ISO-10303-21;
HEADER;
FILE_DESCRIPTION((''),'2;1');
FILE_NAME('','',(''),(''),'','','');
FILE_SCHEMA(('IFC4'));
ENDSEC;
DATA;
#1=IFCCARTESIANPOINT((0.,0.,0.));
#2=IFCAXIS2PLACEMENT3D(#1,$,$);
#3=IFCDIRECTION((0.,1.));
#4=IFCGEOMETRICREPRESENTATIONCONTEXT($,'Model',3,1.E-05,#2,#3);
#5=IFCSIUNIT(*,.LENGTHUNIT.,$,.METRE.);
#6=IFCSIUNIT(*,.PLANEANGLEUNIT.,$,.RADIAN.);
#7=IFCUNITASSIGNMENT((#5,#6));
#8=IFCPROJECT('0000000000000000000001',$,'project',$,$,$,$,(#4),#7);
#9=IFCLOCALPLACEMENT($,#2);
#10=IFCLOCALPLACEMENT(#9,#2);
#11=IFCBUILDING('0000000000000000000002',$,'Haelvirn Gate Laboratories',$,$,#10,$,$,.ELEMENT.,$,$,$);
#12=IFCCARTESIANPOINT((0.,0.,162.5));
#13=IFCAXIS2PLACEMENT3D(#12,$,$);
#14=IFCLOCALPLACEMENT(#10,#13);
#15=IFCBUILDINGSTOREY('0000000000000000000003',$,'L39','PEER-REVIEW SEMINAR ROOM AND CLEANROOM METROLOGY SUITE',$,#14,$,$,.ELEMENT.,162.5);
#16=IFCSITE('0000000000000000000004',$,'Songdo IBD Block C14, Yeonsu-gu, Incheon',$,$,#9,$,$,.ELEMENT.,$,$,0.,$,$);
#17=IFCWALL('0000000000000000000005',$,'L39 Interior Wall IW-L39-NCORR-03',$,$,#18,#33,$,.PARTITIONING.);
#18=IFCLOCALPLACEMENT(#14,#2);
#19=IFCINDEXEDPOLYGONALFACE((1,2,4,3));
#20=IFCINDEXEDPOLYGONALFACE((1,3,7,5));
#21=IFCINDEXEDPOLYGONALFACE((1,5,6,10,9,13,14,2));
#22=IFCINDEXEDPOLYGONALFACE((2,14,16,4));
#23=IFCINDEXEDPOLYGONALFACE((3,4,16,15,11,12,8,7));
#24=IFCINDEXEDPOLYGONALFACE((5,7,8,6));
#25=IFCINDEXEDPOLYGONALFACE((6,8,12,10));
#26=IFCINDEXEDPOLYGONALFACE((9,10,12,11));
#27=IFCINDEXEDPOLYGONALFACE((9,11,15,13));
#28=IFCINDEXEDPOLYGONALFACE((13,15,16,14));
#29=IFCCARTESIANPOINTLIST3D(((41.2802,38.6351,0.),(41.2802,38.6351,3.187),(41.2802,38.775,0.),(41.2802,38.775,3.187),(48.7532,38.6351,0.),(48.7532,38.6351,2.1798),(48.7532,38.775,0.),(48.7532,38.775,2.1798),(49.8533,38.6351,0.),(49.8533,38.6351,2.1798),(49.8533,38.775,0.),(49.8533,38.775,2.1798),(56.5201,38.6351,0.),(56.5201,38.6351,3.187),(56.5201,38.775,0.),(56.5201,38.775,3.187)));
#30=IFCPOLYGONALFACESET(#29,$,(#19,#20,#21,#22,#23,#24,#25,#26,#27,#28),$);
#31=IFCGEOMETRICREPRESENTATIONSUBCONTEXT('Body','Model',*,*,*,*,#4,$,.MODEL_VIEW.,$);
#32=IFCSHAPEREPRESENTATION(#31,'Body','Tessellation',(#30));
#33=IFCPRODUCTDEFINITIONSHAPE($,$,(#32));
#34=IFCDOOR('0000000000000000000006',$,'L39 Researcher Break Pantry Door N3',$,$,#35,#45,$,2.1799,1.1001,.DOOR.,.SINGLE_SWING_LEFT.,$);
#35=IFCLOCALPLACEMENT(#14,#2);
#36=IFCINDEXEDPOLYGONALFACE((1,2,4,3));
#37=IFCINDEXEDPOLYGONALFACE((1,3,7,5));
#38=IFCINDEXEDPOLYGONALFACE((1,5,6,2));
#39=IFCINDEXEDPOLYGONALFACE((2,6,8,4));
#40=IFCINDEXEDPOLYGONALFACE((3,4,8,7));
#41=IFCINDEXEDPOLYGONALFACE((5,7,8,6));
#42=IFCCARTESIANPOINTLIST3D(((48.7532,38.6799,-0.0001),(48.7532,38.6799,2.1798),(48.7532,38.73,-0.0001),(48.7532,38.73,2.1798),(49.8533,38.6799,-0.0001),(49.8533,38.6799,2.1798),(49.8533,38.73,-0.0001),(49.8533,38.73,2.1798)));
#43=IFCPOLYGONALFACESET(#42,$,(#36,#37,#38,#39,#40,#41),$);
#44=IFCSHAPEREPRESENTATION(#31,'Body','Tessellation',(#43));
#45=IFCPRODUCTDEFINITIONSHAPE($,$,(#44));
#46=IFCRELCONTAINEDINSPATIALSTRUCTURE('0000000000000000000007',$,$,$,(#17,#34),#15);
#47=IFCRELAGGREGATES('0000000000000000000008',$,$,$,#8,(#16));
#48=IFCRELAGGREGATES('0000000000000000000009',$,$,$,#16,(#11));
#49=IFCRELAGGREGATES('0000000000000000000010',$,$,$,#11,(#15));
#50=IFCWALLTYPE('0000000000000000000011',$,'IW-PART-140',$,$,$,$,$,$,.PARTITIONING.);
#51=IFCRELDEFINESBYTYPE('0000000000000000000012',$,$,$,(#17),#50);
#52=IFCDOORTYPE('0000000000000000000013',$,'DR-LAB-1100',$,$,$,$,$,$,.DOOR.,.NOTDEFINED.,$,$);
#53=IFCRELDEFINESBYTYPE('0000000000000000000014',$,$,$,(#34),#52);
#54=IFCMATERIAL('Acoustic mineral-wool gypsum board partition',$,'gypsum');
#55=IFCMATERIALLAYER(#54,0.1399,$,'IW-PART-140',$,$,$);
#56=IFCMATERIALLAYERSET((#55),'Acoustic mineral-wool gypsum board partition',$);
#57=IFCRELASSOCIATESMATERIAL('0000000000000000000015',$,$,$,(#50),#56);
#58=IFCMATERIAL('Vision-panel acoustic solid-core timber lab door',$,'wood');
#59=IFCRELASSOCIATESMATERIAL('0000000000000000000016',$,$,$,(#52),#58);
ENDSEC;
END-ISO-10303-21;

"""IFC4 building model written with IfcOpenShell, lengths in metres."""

from ifc_helpers import new_model, si_unit, direction, frame, frame_2d, origin, place, context, subcontext, project, spatial, rectangle, extrude, source, transform, mapped, material, layer, layer_set, type_object, type_shapes, element, fill, save


model = new_model("IFC4")

# Units and contexts
model_context = context("Model", 3, precision=1e-05, world=origin(), true_north=direction((0.0, 1.0)))
body_context = subcontext(model_context, "Body", "Model", "MODEL_VIEW")
ifc_project = project(units=[si_unit("LENGTHUNIT", "METRE"), si_unit("PLANEANGLEUNIT", "RADIAN")], contexts=[model_context])

# Site, building, storey
site_placement = place(None, origin())
site = spatial("IfcSite", under=ifc_project, at=site_placement, Name="Songdo IBD Block C14, Yeonsu-gu, Incheon", CompositionType="ELEMENT", RefElevation=0.0)
building_placement = place(site_placement, origin())
building = spatial("IfcBuilding", under=site, at=building_placement, Name="Haelvirn Gate Laboratories", CompositionType="ELEMENT")
storey_placement = place(building_placement, frame((0.0, 0.0, 162.5)))
storey = spatial("IfcBuildingStorey", under=building, at=storey_placement, Name="L39", Description="PEER-REVIEW SEMINAR ROOM AND CLEANROOM METROLOGY SUITE", CompositionType="ELEMENT", Elevation=162.5)

# Wall, opening, door
ifc_material_1 = material(Name="Acoustic mineral-wool gypsum board partition", Category="gypsum")
ifc_layer_1 = layer(ifc_material_1, 0.1399, Name="IW-PART-140")
ifc_layer_set_1 = layer_set([ifc_layer_1], Name="Acoustic mineral-wool gypsum board partition")
wall_type_1 = type_object("IfcWallType", Name="IW-PART-140", PredefinedType="PARTITIONING", material=ifc_layer_set_1)
wall_1_placement = place(storey_placement, frame((41.28, 38.7051, 0.0), z_axis=(0.0, 0.0, 1.0), x_axis=(1.0, 0.0, 0.0)))
wall_1 = element("IfcWall", 1, at=wall_1_placement, inside=storey, type_object=wall_type_1, Name="L39 Interior Wall IW-L39-NCORR-03", PredefinedType="PARTITIONING", context=body_context, shape_type="SweptSolid", body=[
    extrude(rectangle(XDim=15.24, YDim=0.1399, at=frame_2d((7.6201, 0.0))), origin(), (0.0, 0.0, 1.0), 3.187),
])
opening_placement = place(wall_1_placement, frame((7.4731, 0.0, 0.0)))
opening = element("IfcOpeningElement", 2, at=opening_placement, cuts=wall_1, PredefinedType="OPENING", context=body_context, shape_type="SweptSolid", body=[
    extrude(rectangle(XDim=1.1001, YDim=2.1799, at=frame_2d((0.55, 1.0898))), frame((0.0, 0.0801, 0.0), z_axis=(0.0, -1.0, 0.0), x_axis=(1.0, 0.0, 0.0)), (0.0, 0.0, 1.0), 0.1599),
])
ifc_material_2 = material(Name="Vision-panel acoustic solid-core timber lab door", Category="wood")
door_type = type_object("IfcDoorType", Name="DR-LAB-1100", OperationType="NOTDEFINED", PredefinedType="DOOR", material=ifc_material_2)
shared_shape_1 = source(origin(), body_context, "Body", "SweptSolid", [
    extrude(rectangle(XDim=1.1001, YDim=2.1799, at=frame_2d((0.55, 1.0898))), frame((0.0, 0.0249, 0.0), z_axis=(0.0, -1.0, 0.0), x_axis=(1.0, 0.0, 0.0)), (0.0, 0.0, 1.0), 0.05),
])
type_shapes(door_type, [shared_shape_1])
door_placement = place(opening_placement, origin())
door = element("IfcDoor", 3, at=door_placement, inside=storey, type_object=door_type, Name="L39 Researcher Break Pantry Door N3", OperationType="SINGLE_SWING_LEFT", OverallHeight=2.1799, OverallWidth=1.1001, PredefinedType="DOOR", context=body_context, shape_type="MappedRepresentation", body=[
    mapped(shared_shape_1, transform((0.0, 0.0, 0.0), scale=1.0)),
])
fill(opening, door)

save(model, "model.ifc")
